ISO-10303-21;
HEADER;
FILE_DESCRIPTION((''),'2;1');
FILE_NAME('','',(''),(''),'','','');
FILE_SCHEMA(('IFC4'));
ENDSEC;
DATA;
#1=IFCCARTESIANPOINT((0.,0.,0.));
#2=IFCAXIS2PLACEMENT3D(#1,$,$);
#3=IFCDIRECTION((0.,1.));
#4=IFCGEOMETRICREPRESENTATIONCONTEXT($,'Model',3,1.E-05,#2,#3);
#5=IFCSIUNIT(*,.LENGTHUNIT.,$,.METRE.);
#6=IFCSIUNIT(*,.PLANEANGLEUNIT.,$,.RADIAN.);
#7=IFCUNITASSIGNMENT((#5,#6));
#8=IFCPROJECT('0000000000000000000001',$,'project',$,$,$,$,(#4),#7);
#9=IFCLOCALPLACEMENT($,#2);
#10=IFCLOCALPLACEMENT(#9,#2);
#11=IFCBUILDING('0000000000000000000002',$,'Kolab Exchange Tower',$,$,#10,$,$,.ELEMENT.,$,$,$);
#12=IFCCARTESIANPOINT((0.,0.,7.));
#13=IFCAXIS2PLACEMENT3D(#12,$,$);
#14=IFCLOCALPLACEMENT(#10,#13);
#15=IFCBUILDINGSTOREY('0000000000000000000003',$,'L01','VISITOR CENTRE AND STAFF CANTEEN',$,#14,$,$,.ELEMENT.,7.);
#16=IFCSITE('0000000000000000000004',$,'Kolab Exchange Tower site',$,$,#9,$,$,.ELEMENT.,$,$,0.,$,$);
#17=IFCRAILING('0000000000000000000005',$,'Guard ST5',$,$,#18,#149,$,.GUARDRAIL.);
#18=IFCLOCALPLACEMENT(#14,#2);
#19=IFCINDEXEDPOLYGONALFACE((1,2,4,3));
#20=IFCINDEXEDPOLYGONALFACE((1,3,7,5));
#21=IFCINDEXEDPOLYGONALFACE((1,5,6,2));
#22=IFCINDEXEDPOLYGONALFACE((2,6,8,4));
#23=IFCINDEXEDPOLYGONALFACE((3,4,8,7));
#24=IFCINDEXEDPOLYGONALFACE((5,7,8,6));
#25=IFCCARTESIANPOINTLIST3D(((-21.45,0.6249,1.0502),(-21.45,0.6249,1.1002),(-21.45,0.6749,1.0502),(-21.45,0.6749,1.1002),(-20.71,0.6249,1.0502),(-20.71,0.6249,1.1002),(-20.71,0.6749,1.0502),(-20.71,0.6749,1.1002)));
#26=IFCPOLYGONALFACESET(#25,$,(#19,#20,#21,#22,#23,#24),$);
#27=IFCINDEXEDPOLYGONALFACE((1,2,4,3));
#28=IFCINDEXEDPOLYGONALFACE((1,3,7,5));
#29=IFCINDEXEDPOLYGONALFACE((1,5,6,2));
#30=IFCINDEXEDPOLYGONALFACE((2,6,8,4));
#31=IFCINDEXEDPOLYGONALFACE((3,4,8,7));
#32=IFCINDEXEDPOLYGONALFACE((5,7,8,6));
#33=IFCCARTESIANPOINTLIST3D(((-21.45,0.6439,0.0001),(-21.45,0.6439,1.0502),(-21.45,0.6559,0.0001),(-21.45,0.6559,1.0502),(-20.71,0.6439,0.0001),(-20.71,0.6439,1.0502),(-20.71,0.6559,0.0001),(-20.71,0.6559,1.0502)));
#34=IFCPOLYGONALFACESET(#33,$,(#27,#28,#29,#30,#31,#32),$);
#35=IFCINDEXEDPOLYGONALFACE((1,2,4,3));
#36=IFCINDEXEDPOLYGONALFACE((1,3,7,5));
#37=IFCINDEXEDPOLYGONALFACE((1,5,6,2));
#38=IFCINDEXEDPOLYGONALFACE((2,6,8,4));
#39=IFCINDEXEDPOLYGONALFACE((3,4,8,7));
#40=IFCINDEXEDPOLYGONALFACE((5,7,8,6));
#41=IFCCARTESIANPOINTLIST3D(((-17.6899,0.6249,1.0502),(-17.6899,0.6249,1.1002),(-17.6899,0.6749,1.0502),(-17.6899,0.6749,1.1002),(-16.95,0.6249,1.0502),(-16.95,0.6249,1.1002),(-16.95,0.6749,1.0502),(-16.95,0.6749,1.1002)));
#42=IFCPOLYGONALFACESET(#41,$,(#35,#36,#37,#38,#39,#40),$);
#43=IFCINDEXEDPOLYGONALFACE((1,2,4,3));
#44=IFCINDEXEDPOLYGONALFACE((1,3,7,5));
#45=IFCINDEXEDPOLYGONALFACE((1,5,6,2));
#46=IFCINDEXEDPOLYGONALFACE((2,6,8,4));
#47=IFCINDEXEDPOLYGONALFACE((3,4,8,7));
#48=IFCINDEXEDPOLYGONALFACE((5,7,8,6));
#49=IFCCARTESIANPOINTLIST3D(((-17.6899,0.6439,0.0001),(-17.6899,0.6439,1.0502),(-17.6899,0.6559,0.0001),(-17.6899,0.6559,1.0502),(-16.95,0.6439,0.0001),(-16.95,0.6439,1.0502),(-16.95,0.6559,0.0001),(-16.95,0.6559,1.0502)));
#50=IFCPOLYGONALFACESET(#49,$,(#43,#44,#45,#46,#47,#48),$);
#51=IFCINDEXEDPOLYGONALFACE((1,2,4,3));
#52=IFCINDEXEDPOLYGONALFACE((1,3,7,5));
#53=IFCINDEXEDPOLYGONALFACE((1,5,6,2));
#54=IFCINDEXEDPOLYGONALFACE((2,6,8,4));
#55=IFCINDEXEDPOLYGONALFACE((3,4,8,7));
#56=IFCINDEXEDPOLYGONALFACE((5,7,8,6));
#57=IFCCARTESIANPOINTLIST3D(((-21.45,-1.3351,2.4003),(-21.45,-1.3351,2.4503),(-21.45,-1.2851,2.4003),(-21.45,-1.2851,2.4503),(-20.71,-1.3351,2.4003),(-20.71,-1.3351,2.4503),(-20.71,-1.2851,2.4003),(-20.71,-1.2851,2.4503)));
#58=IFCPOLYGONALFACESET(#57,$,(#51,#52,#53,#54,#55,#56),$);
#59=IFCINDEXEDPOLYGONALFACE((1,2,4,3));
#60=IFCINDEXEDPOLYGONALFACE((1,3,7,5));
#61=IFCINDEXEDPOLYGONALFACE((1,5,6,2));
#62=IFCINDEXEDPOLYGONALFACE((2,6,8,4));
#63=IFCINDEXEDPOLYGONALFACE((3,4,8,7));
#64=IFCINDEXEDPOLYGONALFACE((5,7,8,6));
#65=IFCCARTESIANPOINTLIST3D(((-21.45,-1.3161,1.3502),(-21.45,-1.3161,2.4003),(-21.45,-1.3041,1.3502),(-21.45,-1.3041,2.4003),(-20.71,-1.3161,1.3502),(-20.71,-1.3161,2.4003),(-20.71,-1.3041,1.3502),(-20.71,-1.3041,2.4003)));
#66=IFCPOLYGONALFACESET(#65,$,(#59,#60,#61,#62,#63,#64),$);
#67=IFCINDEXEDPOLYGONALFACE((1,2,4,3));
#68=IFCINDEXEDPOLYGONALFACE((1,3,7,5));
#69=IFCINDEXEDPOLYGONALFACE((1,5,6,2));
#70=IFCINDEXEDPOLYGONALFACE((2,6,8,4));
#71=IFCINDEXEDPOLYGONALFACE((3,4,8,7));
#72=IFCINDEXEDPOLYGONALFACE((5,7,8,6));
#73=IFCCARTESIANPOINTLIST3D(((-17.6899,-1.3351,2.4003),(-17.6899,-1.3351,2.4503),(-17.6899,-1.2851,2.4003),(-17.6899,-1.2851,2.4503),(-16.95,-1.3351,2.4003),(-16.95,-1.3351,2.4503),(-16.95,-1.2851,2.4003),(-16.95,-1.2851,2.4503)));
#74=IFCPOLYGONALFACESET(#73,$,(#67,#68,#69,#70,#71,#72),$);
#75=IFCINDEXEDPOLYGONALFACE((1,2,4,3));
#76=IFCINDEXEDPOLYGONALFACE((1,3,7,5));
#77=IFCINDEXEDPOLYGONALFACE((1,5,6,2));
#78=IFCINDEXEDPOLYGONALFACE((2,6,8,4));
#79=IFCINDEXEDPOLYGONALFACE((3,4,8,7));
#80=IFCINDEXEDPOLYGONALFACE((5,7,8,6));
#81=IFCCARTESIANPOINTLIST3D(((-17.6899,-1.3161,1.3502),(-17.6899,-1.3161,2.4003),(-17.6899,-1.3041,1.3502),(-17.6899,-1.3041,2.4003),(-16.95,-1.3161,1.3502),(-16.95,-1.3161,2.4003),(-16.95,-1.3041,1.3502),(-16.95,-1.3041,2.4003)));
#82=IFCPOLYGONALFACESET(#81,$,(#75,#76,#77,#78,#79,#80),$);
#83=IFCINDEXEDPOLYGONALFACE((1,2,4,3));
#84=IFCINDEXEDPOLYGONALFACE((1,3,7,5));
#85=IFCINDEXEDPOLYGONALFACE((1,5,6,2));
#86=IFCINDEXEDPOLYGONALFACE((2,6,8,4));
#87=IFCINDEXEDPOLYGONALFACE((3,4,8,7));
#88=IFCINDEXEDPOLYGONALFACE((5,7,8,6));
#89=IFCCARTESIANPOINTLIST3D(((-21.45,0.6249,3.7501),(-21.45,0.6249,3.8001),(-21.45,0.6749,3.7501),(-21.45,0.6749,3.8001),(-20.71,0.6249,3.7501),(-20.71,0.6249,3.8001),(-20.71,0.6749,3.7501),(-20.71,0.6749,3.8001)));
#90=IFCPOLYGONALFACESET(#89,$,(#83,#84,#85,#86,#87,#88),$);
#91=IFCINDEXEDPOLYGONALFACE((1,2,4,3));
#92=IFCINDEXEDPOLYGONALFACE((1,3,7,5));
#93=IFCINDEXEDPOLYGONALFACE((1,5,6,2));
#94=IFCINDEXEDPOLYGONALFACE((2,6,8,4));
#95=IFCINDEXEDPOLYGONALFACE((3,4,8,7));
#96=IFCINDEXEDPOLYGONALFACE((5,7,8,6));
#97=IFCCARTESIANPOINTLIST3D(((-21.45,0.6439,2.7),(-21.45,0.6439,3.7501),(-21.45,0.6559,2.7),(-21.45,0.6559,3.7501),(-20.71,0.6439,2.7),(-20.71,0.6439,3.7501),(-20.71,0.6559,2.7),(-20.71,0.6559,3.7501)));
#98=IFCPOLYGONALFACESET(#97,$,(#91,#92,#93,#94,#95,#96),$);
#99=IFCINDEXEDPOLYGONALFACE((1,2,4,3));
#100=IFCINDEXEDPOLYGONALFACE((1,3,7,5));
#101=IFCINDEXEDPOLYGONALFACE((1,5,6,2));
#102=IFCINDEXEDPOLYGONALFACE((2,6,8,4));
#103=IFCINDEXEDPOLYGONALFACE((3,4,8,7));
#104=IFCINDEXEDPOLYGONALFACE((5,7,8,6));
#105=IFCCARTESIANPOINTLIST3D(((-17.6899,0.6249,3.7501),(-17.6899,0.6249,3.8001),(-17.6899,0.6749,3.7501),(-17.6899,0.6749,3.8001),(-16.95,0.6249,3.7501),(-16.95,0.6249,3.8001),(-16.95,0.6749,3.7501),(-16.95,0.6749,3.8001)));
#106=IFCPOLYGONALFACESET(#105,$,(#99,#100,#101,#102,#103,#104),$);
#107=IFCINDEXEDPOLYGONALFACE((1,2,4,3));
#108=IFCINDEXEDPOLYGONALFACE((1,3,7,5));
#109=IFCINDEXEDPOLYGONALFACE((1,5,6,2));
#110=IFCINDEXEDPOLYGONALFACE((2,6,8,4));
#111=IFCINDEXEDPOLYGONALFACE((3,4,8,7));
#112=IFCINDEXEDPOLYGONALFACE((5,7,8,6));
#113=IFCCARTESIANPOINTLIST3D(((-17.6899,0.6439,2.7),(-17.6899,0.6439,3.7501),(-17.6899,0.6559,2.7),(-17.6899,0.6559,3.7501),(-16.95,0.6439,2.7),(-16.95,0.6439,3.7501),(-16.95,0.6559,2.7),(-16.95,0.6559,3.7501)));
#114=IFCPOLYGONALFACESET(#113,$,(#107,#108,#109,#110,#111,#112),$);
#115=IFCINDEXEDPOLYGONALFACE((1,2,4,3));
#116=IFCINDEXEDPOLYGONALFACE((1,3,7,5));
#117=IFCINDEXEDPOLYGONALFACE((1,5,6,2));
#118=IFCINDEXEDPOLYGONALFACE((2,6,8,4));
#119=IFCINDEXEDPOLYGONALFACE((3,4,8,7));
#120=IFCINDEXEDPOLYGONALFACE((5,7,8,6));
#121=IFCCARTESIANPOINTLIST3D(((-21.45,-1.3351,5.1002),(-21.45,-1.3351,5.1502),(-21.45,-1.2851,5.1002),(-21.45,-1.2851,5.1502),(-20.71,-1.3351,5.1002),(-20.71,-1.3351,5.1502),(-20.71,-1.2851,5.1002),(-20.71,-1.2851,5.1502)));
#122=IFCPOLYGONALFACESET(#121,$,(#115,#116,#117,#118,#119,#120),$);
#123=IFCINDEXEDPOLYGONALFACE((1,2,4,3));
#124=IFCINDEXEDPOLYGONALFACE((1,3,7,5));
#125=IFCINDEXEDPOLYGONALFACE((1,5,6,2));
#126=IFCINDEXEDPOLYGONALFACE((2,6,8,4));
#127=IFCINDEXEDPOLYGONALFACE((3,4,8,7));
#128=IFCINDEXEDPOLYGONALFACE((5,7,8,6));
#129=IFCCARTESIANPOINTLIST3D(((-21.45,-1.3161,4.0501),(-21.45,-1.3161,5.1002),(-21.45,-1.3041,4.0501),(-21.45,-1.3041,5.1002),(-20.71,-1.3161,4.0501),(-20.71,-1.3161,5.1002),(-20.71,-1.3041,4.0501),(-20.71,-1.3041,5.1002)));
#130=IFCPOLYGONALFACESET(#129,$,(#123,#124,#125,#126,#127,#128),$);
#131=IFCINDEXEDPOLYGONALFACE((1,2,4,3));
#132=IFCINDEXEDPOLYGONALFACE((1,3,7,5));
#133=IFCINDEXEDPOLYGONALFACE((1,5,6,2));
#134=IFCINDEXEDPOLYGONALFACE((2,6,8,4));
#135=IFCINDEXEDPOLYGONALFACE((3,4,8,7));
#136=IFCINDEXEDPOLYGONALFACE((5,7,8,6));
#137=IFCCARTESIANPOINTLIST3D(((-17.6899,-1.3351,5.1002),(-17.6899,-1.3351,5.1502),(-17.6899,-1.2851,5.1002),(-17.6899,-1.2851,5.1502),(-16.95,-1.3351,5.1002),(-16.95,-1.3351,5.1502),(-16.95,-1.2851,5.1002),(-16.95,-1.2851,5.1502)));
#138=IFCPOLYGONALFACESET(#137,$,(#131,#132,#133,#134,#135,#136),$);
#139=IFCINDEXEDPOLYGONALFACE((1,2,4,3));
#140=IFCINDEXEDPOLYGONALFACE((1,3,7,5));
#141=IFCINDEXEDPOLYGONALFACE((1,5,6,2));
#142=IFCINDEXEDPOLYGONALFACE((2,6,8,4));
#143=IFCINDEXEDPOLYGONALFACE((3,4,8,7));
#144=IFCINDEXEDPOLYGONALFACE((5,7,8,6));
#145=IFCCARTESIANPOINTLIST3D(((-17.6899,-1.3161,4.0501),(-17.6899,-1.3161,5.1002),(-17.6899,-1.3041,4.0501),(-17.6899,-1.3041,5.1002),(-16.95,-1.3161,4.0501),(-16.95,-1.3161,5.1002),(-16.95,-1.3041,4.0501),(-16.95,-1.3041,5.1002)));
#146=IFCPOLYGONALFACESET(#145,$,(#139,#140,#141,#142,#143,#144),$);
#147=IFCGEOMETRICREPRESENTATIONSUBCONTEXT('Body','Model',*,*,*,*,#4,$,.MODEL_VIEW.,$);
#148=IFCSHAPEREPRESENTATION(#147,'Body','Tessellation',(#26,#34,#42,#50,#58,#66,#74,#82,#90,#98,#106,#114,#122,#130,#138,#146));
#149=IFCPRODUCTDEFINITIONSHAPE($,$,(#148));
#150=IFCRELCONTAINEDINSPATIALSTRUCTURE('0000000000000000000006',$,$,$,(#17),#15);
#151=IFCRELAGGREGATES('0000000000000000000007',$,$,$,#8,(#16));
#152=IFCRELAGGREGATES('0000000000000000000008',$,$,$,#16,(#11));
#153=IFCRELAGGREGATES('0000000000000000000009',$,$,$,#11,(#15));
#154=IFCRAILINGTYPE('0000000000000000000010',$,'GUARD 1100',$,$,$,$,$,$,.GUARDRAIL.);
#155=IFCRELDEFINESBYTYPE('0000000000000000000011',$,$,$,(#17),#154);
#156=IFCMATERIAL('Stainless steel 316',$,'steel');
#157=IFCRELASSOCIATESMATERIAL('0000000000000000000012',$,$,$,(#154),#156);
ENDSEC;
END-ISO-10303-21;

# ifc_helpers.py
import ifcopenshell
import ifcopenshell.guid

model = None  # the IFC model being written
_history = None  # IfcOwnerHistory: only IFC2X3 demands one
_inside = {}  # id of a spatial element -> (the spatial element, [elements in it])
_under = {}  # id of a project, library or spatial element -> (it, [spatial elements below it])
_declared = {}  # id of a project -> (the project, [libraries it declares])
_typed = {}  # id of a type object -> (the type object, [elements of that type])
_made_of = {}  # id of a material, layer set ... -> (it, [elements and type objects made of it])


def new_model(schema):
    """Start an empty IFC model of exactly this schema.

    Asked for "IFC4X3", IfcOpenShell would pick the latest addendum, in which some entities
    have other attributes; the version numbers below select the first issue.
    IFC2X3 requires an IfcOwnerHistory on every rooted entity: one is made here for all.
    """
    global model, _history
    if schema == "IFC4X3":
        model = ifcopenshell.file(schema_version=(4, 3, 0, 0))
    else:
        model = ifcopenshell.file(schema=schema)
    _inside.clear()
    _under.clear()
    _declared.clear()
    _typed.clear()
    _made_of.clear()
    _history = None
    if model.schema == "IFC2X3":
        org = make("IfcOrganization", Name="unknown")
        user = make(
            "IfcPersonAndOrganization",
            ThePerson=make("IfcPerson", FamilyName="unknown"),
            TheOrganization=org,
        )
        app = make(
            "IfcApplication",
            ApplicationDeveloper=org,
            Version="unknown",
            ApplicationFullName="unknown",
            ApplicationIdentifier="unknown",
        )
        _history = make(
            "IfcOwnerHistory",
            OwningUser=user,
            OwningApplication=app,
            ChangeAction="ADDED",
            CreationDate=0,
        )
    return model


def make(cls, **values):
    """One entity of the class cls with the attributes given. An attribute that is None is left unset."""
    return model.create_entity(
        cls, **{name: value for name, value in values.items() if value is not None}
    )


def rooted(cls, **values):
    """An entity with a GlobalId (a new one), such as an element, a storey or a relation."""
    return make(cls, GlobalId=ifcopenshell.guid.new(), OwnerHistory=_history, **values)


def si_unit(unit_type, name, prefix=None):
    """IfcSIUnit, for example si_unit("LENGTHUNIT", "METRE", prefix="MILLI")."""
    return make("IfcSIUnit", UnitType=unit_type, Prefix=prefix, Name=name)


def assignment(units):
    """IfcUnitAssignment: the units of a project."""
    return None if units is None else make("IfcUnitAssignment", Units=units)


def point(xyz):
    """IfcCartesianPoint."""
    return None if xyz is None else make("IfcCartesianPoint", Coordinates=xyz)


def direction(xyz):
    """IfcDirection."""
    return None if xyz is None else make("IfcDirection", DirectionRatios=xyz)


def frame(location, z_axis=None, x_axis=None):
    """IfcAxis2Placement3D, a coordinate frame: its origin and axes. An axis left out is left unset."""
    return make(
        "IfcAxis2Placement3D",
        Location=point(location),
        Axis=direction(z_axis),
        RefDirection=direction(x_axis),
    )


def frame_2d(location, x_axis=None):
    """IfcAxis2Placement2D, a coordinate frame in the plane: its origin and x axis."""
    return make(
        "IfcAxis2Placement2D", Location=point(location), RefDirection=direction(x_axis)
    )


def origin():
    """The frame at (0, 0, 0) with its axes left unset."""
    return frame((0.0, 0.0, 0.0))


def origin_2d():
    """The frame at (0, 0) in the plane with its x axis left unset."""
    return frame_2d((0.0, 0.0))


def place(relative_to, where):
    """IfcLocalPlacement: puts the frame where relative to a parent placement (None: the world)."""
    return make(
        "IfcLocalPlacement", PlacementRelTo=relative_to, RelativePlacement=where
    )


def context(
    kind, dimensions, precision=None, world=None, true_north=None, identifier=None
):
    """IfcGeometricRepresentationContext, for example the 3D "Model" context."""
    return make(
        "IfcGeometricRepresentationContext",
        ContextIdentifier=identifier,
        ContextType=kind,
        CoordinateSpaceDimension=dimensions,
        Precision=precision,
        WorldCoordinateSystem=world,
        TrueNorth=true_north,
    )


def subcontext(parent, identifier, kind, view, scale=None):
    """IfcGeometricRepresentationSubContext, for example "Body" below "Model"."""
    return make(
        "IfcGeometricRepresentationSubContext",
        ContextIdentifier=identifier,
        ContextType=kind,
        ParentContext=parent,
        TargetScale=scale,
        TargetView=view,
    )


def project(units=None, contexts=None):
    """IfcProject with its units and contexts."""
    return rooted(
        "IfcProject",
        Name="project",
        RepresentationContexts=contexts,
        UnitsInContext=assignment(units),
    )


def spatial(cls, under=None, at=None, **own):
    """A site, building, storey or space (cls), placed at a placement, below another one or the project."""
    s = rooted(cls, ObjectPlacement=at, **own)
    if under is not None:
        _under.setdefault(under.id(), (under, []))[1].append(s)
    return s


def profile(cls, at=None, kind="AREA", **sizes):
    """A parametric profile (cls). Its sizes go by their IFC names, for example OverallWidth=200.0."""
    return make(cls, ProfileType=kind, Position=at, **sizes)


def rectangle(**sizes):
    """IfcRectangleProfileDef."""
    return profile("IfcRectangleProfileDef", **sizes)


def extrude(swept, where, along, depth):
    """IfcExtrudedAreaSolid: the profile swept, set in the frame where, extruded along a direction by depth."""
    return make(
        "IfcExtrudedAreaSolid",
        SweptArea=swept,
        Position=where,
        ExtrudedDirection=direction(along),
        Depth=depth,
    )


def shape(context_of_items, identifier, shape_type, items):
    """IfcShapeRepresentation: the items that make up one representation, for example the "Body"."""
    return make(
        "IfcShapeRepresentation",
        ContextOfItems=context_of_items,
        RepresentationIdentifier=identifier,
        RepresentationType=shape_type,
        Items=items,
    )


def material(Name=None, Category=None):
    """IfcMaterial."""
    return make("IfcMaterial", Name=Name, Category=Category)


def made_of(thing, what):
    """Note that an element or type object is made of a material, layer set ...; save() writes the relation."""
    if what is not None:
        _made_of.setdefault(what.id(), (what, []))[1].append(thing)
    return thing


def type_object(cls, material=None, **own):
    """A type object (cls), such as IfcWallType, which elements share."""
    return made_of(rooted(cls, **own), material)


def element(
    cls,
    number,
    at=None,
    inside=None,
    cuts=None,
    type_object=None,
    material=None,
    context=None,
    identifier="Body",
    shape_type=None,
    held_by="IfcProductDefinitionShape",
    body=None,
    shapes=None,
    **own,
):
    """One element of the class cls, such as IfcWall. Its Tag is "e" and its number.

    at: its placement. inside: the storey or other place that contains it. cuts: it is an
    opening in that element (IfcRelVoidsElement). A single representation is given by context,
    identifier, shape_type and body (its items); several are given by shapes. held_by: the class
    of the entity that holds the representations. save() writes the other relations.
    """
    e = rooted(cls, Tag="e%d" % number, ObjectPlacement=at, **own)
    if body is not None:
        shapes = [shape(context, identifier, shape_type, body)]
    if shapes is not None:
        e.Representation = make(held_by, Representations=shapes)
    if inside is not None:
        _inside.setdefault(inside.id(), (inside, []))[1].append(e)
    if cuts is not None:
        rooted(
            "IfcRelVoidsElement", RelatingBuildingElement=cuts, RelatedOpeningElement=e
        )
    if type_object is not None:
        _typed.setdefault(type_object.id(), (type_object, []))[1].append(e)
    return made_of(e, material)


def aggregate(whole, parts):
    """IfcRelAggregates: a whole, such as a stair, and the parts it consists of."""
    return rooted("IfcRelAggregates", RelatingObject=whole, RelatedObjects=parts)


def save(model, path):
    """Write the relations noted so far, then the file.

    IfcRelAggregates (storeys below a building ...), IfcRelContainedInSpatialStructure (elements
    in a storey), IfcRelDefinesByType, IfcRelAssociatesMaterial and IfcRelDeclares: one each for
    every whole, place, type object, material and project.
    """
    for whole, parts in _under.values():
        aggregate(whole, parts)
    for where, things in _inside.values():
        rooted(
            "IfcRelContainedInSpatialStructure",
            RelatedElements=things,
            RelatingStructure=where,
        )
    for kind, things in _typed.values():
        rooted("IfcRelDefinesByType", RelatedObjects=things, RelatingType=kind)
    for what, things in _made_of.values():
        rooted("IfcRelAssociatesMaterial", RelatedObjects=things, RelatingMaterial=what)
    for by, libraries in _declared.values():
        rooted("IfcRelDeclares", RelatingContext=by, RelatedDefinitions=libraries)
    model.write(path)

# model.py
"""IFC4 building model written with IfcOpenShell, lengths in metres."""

from ifc_helpers import new_model, si_unit, direction, frame, frame_2d, origin, origin_2d, place, context, subcontext, project, spatial, rectangle, extrude, material, type_object, element, save


model = new_model("IFC4")

# Units and contexts
model_context = context("Model", 3, precision=1e-05, world=origin(), true_north=direction((0.0, 1.0)))
body_context = subcontext(model_context, "Body", "Model", "MODEL_VIEW")
ifc_project = project(units=[si_unit("LENGTHUNIT", "METRE"), si_unit("PLANEANGLEUNIT", "RADIAN")], contexts=[model_context])

# Site, building, storey
site_placement = place(None, origin())
site = spatial("IfcSite", under=ifc_project, at=site_placement, Name="Kolab Exchange Tower site", CompositionType="ELEMENT", RefElevation=0.0)
building_placement = place(site_placement, origin())
building = spatial("IfcBuilding", under=site, at=building_placement, Name="Kolab Exchange Tower", CompositionType="ELEMENT")
storey_placement = place(building_placement, frame((0.0, 0.0, 7.0)))
storey = spatial("IfcBuildingStorey", under=building, at=storey_placement, Name="L01", Description="VISITOR CENTRE AND STAFF CANTEEN", CompositionType="ELEMENT", Elevation=7.0)

# Railing
ifc_material_1 = material(Name="Stainless steel 316", Category="steel")
railing_type = type_object("IfcRailingType", Name="GUARD 1100", PredefinedType="GUARDRAIL", material=ifc_material_1)
railing_placement = place(storey_placement, frame((-21.45, 0.6499, 0.0)))
element("IfcRailing", 1, at=railing_placement, inside=storey, type_object=railing_type, Name="Guard ST5", PredefinedType="GUARDRAIL", context=body_context, shape_type="SweptSolid", body=[
    extrude(rectangle(XDim=0.05, YDim=0.05, at=origin_2d()), frame((0.0, 0.0, 1.0752), z_axis=(1.0, 0.0, 0.0), x_axis=(0.0, 1.0, 0.0)), (0.0, 0.0, 1.0), 0.74),
    extrude(rectangle(XDim=0.012, YDim=1.0501, at=frame_2d((0.0, 0.5251))), frame((0.0, 0.0, 0.0), z_axis=(1.0, 0.0, 0.0), x_axis=(0.0, 1.0, 0.0)), (0.0, 0.0, 1.0), 0.74),
    extrude(rectangle(XDim=0.05, YDim=0.05, at=origin_2d()), frame((3.76, 0.0, 1.0752), z_axis=(1.0, 0.0, 0.0), x_axis=(0.0, 1.0, 0.0)), (0.0, 0.0, 1.0), 0.74),
    extrude(rectangle(XDim=0.012, YDim=1.0501, at=frame_2d((0.0, 0.5251))), frame((3.76, 0.0, 0.0), z_axis=(1.0, 0.0, 0.0), x_axis=(0.0, 1.0, 0.0)), (0.0, 0.0, 1.0), 0.74),
    extrude(rectangle(XDim=0.05, YDim=0.05, at=origin_2d()), frame((0.0, -1.96, 2.4253), z_axis=(1.0, 0.0, 0.0), x_axis=(0.0, 1.0, 0.0)), (0.0, 0.0, 1.0), 0.74),
    extrude(rectangle(XDim=0.012, YDim=1.0501, at=frame_2d((0.0, 0.5251))), frame((0.0, -1.96, 1.3501), z_axis=(1.0, 0.0, 0.0), x_axis=(0.0, 1.0, 0.0)), (0.0, 0.0, 1.0), 0.74),
    extrude(rectangle(XDim=0.05, YDim=0.05, at=origin_2d()), frame((3.76, -1.96, 2.4253), z_axis=(1.0, 0.0, 0.0), x_axis=(0.0, 1.0, 0.0)), (0.0, 0.0, 1.0), 0.74),
    extrude(rectangle(XDim=0.012, YDim=1.0501, at=frame_2d((0.0, 0.5251))), frame((3.76, -1.96, 1.3501), z_axis=(1.0, 0.0, 0.0), x_axis=(0.0, 1.0, 0.0)), (0.0, 0.0, 1.0), 0.74),
    extrude(rectangle(XDim=0.05, YDim=0.05, at=origin_2d()), frame((0.0, 0.0, 3.7751), z_axis=(1.0, 0.0, 0.0), x_axis=(0.0, 1.0, 0.0)), (0.0, 0.0, 1.0), 0.74),
    extrude(rectangle(XDim=0.012, YDim=1.0501, at=frame_2d((0.0, 0.5251))), frame((0.0, 0.0, 2.7), z_axis=(1.0, 0.0, 0.0), x_axis=(0.0, 1.0, 0.0)), (0.0, 0.0, 1.0), 0.74),
    extrude(rectangle(XDim=0.05, YDim=0.05, at=origin_2d()), frame((3.76, 0.0, 3.7751), z_axis=(1.0, 0.0, 0.0), x_axis=(0.0, 1.0, 0.0)), (0.0, 0.0, 1.0), 0.74),
    extrude(rectangle(XDim=0.012, YDim=1.0501, at=frame_2d((0.0, 0.5251))), frame((3.76, 0.0, 2.7), z_axis=(1.0, 0.0, 0.0), x_axis=(0.0, 1.0, 0.0)), (0.0, 0.0, 1.0), 0.74),
    extrude(rectangle(XDim=0.05, YDim=0.05, at=origin_2d()), frame((0.0, -1.96, 5.1252), z_axis=(1.0, 0.0, 0.0), x_axis=(0.0, 1.0, 0.0)), (0.0, 0.0, 1.0), 0.74),
    extrude(rectangle(XDim=0.012, YDim=1.0501, at=frame_2d((0.0, 0.5251))), frame((0.0, -1.96, 4.05), z_axis=(1.0, 0.0, 0.0), x_axis=(0.0, 1.0, 0.0)), (0.0, 0.0, 1.0), 0.74),
    extrude(rectangle(XDim=0.05, YDim=0.05, at=origin_2d()), frame((3.76, -1.96, 5.1252), z_axis=(1.0, 0.0, 0.0), x_axis=(0.0, 1.0, 0.0)), (0.0, 0.0, 1.0), 0.74),
    extrude(rectangle(XDim=0.012, YDim=1.0501, at=frame_2d((0.0, 0.5251))), frame((3.76, -1.96, 4.05), z_axis=(1.0, 0.0, 0.0), x_axis=(0.0, 1.0, 0.0)), (0.0, 0.0, 1.0), 0.74),
])

save(model, "model.ifc")
